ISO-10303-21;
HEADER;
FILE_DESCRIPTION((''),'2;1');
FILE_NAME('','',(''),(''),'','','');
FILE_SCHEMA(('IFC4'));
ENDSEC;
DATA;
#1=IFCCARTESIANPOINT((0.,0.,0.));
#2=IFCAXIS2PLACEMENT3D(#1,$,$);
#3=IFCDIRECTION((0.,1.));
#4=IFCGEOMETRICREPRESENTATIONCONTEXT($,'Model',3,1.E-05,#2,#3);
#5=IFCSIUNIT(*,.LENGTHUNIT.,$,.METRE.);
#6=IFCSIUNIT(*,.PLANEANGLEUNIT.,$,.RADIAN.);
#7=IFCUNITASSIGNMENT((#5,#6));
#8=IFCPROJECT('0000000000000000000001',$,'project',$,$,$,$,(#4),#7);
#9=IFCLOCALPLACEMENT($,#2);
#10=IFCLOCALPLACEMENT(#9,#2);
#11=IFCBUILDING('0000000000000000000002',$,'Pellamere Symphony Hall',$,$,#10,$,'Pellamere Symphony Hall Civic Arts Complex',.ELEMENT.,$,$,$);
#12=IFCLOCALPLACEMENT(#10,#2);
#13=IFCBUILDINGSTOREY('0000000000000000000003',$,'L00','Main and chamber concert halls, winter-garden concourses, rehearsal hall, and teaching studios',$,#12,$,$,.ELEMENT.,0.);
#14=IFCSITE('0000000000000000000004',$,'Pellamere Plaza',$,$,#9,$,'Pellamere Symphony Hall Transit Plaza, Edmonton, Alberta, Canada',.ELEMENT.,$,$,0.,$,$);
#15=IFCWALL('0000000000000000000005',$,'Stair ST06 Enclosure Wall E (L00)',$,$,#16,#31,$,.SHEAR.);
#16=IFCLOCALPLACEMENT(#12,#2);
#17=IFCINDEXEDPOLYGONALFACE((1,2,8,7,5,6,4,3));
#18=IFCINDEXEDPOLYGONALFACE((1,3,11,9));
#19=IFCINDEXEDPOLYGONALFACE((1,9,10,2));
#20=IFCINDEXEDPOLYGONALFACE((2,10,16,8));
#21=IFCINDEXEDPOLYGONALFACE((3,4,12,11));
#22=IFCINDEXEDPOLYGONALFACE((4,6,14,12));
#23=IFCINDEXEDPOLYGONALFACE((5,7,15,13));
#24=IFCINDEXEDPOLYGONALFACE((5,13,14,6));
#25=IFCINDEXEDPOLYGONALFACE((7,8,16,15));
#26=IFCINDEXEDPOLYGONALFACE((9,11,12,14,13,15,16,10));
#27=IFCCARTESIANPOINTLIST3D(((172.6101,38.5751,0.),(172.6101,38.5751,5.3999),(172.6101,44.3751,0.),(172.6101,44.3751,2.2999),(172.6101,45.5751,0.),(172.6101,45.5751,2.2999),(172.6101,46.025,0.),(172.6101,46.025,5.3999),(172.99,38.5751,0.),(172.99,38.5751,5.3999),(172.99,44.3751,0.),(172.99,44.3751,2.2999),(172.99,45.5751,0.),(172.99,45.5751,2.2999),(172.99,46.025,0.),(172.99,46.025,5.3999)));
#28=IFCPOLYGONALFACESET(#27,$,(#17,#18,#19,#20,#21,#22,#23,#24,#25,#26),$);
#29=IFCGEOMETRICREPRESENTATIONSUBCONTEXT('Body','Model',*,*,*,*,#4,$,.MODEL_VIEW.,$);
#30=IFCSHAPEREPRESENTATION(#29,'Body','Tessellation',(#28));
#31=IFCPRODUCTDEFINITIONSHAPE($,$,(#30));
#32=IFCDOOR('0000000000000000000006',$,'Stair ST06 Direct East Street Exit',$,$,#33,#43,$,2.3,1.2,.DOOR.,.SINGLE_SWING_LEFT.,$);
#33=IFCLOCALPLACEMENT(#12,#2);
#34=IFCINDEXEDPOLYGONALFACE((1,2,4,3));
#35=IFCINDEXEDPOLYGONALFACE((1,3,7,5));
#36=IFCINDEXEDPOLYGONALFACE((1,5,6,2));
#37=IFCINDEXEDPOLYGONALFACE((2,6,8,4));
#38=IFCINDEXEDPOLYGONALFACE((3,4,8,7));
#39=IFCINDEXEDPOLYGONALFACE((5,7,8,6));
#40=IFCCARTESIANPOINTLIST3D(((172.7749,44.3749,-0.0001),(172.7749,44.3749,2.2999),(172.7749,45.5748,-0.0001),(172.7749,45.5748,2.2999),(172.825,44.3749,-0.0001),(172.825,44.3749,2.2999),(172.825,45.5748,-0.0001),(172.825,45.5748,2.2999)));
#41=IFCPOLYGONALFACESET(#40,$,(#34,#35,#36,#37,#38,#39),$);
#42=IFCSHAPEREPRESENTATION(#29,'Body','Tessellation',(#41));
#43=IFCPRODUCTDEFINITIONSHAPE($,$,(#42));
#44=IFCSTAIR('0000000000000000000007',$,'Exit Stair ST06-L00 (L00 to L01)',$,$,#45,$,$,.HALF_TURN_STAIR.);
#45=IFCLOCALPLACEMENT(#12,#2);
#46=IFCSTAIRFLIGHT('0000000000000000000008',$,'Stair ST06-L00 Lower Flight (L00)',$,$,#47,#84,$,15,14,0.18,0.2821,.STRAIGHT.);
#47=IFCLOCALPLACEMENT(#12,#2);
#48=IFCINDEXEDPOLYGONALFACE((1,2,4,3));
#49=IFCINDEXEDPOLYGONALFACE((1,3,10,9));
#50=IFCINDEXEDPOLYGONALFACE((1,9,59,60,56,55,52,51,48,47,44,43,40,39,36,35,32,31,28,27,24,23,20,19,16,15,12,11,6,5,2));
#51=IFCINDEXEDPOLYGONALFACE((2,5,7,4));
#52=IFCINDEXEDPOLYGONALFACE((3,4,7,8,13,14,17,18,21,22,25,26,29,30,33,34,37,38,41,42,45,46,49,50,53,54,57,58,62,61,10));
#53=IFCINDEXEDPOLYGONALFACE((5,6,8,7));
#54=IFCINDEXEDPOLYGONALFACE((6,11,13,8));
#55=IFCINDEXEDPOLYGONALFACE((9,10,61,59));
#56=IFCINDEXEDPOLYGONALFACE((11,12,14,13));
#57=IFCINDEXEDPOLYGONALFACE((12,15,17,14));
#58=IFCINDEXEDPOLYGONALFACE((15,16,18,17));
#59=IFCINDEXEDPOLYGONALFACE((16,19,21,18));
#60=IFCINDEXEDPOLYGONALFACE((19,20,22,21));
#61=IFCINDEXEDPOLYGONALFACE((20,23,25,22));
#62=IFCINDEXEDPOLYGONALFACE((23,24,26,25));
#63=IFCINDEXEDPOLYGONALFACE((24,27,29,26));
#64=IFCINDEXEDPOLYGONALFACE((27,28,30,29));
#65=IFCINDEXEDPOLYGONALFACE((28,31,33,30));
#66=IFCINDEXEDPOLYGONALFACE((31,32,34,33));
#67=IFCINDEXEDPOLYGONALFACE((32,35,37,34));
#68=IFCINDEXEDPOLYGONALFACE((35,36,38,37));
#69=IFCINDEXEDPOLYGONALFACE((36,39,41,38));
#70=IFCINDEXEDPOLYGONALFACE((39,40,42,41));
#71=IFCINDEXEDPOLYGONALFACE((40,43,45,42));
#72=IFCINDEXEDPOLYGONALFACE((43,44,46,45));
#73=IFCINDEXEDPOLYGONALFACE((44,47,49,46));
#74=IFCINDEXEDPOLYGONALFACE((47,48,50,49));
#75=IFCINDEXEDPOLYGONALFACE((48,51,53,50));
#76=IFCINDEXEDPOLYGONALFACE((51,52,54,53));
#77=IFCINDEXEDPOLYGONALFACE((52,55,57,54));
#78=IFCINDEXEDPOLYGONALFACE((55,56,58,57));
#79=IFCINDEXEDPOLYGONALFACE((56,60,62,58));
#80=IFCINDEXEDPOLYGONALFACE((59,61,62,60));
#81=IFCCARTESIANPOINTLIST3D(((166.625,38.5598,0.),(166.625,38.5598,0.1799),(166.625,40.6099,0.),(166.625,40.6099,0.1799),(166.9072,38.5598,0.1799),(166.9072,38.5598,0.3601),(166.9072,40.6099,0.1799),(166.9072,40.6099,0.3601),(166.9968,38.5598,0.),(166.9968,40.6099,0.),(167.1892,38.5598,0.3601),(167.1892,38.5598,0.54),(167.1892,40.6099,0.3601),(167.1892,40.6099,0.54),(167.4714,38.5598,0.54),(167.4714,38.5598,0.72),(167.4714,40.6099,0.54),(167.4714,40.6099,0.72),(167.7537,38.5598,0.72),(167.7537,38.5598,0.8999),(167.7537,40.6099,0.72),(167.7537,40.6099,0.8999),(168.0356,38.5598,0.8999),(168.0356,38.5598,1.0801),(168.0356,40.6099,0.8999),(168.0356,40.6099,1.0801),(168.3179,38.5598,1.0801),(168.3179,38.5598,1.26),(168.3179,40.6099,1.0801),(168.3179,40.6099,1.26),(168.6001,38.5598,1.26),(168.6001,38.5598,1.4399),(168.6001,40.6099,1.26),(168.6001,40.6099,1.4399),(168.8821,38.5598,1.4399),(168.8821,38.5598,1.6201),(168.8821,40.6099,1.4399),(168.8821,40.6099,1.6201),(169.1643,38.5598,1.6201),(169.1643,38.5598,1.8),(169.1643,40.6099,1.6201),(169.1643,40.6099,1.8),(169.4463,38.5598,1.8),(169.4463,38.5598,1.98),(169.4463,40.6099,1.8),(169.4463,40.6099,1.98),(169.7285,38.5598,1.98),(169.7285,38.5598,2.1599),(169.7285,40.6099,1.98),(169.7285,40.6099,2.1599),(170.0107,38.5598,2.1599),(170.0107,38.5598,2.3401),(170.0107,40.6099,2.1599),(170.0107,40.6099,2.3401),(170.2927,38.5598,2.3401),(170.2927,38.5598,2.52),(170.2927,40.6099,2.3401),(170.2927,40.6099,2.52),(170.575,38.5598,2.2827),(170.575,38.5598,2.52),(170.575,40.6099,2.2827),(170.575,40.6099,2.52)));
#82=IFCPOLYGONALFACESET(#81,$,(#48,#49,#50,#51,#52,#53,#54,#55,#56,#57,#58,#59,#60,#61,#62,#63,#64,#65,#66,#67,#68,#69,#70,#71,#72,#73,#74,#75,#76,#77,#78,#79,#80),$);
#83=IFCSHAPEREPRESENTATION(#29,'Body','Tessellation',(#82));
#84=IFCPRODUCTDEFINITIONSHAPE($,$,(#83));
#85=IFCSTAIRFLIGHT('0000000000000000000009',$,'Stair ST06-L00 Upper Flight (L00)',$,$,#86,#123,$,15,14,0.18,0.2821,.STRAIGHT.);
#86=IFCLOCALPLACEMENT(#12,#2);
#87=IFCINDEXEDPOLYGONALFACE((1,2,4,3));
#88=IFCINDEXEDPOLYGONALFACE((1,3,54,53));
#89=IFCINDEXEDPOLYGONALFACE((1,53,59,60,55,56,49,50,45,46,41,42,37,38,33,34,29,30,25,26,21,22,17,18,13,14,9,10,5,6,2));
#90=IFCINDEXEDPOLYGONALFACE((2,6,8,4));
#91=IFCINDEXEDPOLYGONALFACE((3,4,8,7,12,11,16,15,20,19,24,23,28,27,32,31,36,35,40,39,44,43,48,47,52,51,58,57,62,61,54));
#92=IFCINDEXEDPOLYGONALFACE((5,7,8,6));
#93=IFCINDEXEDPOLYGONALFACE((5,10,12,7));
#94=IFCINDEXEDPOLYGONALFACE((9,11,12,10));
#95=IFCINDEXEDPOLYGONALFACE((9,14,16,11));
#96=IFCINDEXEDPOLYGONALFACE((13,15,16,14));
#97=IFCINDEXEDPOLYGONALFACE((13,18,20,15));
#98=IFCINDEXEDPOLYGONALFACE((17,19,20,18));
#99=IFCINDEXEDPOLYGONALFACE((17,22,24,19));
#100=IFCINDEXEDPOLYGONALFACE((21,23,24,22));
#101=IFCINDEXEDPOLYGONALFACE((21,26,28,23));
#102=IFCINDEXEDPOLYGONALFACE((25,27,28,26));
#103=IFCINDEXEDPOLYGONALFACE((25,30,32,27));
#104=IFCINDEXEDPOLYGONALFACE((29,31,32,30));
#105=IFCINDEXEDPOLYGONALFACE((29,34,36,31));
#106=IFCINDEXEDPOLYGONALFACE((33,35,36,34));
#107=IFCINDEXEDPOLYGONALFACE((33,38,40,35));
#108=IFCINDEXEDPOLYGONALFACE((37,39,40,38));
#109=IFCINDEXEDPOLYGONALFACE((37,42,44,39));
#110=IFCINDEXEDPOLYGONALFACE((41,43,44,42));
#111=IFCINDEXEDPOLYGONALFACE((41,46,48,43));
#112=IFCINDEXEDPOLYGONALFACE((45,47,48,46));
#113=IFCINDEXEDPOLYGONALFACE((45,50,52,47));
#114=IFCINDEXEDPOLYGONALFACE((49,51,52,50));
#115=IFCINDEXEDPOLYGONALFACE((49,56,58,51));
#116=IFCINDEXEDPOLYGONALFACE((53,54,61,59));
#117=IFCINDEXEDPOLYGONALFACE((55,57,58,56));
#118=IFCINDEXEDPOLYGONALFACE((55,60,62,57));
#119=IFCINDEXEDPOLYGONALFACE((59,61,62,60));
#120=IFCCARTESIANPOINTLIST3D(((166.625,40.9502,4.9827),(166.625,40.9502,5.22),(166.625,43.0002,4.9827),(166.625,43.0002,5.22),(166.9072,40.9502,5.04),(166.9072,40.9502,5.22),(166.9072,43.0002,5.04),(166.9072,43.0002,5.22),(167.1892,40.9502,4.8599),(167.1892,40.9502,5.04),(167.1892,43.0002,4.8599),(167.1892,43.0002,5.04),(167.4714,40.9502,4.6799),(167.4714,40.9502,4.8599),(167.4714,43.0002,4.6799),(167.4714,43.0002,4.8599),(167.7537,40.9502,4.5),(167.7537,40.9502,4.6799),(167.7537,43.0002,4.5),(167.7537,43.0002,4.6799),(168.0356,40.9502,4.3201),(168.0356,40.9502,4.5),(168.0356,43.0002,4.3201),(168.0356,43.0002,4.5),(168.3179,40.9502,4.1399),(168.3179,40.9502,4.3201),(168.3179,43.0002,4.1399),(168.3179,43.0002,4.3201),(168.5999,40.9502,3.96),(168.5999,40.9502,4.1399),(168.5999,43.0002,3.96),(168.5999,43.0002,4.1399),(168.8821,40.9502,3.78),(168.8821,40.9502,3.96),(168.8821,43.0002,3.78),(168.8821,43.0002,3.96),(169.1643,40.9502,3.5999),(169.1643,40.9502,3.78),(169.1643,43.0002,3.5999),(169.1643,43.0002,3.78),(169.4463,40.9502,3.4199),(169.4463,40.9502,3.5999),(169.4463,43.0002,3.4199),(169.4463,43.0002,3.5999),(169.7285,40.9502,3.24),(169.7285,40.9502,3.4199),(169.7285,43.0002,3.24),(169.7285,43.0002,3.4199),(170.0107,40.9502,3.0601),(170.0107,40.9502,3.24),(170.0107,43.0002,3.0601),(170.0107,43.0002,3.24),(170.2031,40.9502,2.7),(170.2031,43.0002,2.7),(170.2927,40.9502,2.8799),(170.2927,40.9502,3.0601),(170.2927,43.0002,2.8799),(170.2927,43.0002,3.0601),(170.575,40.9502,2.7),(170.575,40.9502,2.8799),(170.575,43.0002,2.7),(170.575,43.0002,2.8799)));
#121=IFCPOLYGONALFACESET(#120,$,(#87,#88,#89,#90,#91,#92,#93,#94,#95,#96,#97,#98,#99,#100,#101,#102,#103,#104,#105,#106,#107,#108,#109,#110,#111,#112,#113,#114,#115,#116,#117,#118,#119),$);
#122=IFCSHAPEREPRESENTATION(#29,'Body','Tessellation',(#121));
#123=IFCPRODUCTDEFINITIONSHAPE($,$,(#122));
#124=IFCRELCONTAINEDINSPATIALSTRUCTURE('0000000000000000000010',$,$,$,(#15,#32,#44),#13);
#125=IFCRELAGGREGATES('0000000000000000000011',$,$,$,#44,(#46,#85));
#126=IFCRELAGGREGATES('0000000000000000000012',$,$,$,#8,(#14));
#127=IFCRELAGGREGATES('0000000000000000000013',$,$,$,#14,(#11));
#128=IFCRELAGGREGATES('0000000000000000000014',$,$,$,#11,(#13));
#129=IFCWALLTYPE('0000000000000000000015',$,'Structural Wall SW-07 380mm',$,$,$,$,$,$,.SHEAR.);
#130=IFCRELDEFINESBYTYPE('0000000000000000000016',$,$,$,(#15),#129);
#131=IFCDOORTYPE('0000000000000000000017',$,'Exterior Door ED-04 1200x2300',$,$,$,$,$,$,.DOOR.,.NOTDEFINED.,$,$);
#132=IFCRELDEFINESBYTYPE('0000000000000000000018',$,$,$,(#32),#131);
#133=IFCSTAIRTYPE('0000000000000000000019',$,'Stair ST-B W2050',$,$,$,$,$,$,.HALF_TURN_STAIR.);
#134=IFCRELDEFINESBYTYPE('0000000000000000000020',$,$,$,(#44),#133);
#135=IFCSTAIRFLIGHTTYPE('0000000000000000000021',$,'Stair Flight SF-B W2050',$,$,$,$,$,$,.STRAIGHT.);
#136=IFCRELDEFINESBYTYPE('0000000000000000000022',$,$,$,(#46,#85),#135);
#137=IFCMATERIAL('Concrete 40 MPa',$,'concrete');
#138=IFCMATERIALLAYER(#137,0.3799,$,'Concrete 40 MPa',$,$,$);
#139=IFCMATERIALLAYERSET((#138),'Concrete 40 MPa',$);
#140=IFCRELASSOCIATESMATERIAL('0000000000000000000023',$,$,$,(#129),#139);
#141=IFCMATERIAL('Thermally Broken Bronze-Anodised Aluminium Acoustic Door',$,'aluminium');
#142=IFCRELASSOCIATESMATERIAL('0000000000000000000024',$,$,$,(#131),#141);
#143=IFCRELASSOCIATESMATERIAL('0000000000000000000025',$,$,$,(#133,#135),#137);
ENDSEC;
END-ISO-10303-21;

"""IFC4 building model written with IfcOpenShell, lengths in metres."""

from ifc_helpers import new_model, si_unit, direction, frame, frame_2d, origin, place, context, subcontext, project, spatial, polyline, rectangle, outline, extrude, material, layer, layer_set, type_object, element, fill, aggregate, save


model = new_model("IFC4")

# Units and contexts
model_context = context("Model", 3, precision=1e-05, world=origin(), true_north=direction((0.0, 1.0)))
body_context = subcontext(model_context, "Body", "Model", "MODEL_VIEW")
ifc_project = project(units=[si_unit("LENGTHUNIT", "METRE"), si_unit("PLANEANGLEUNIT", "RADIAN")], contexts=[model_context])

# Site, building, storey
site_placement = place(None, origin())
site = spatial("IfcSite", under=ifc_project, at=site_placement, Name="Pellamere Plaza", LongName="Pellamere Symphony Hall Transit Plaza, Edmonton, Alberta, Canada", CompositionType="ELEMENT", RefElevation=0.0)
building_placement = place(site_placement, origin())
building = spatial("IfcBuilding", under=site, at=building_placement, Name="Pellamere Symphony Hall", LongName="Pellamere Symphony Hall Civic Arts Complex", CompositionType="ELEMENT")
storey_placement = place(building_placement, origin())
storey = spatial("IfcBuildingStorey", under=building, at=storey_placement, Name="L00", Description="Main and chamber concert halls, winter-garden concourses, rehearsal hall, and teaching studios", CompositionType="ELEMENT", Elevation=0.0)

# Shared definitions
ifc_material_1 = material(Name="Concrete 40 MPa", Category="concrete")

# Wall, opening, door
ifc_layer_1 = layer(ifc_material_1, 0.3799, Name="Concrete 40 MPa")
ifc_layer_set_1 = layer_set([ifc_layer_1], Name="Concrete 40 MPa")
wall_type_1 = type_object("IfcWallType", Name="Structural Wall SW-07 380mm", PredefinedType="SHEAR", material=ifc_layer_set_1)
wall_1_placement = place(storey_placement, frame((172.8, 38.575, 0.0), z_axis=(0.0, 0.0, 1.0), x_axis=(0.0, 1.0, 0.0)))
wall_1 = element("IfcWall", 1, at=wall_1_placement, inside=storey, type_object=wall_type_1, Name="Stair ST06 Enclosure Wall E (L00)", PredefinedType="SHEAR", context=body_context, shape_type="SweptSolid", body=[
    extrude(rectangle(XDim=7.45, YDim=0.3799, at=frame_2d((3.7251, 0.0))), origin(), (0.0, 0.0, 1.0), 5.3999),
])
opening_placement = place(wall_1_placement, frame((5.8, 0.0, 0.0)))
opening = element("IfcOpeningElement", 2, at=opening_placement, cuts=wall_1, PredefinedType="OPENING", context=body_context, shape_type="SweptSolid", body=[
    extrude(rectangle(XDim=1.2, YDim=2.3, at=frame_2d((0.6001, 1.1499))), frame((0.0, 0.2, 0.0), z_axis=(0.0, -1.0, 0.0), x_axis=(1.0, 0.0, 0.0)), (0.0, 0.0, 1.0), 0.3999),
])
ifc_material_2 = material(Name="Thermally Broken Bronze-Anodised Aluminium Acoustic Door", Category="aluminium")
door_type = type_object("IfcDoorType", Name="Exterior Door ED-04 1200x2300", OperationType="NOTDEFINED", PredefinedType="DOOR", material=ifc_material_2)
door_placement = place(opening_placement, frame((1.2, 0.0, 0.0), z_axis=(0.0, 0.0, 1.0), x_axis=(-1.0, 0.0, 0.0)))
door = element("IfcDoor", 3, at=door_placement, inside=storey, type_object=door_type, Name="Stair ST06 Direct East Street Exit", OperationType="SINGLE_SWING_LEFT", OverallHeight=2.3, OverallWidth=1.2, PredefinedType="DOOR", context=body_context, shape_type="SweptSolid", body=[
    extrude(rectangle(XDim=1.2, YDim=2.3, at=frame_2d((0.6001, 1.1499))), frame((0.0, 0.0249, 0.0), z_axis=(0.0, -1.0, 0.0), x_axis=(1.0, 0.0, 0.0)), (0.0, 0.0, 1.0), 0.05),
])
fill(opening, door)

# Stair, stair flights
stair_type = type_object("IfcStairType", Name="Stair ST-B W2050", PredefinedType="HALF_TURN_STAIR", material=ifc_material_1)
stair_placement = place(storey_placement, origin())
stair = element("IfcStair", 4, at=stair_placement, inside=storey, type_object=stair_type, Name="Exit Stair ST06-L00 (L00 to L01)", PredefinedType="HALF_TURN_STAIR")
stair_flight_type = type_object("IfcStairFlightType", Name="Stair Flight SF-B W2050", PredefinedType="STRAIGHT", material=ifc_material_1)
stair_flight_1_placement = place(storey_placement, frame((166.625, 39.585, 0.0), z_axis=(0.0, 0.0, 1.0), x_axis=(1.0, 0.0, 0.0)))
stair_flight_1 = element("IfcStairFlight", 5, at=stair_flight_1_placement, type_object=stair_flight_type, Name="Stair ST06-L00 Lower Flight (L00)", NumberOfRisers=15, NumberOfTreads=14, PredefinedType="STRAIGHT", RiserHeight=0.18, TreadLength=0.2821, context=body_context, shape_type="SweptSolid", body=[
    extrude(outline(polyline([(0.0, 0.0), (0.0, 0.1799), (0.2822, 0.1799), (0.2822, 0.3601), (0.5642, 0.3601), (0.5642, 0.54), (0.8464, 0.54), (0.8464, 0.72), (1.1287, 0.72), (1.1287, 0.8999), (1.4106, 0.8999), (1.4106, 1.0801), (1.6929, 1.0801), (1.6929, 1.26), (1.9751, 1.26), (1.9751, 1.4399), (2.2571, 1.4399), (2.2571, 1.6201), (2.5393, 1.6201), (2.5393, 1.8), (2.8213, 1.8), (2.8213, 1.98), (3.1035, 1.98), (3.1035, 2.1599), (3.3857, 2.1599), (3.3857, 2.3401), (3.6677, 2.3401), (3.6677, 2.52), (3.95, 2.52), (3.95, 2.7), (3.95, 2.2827), (0.3718, 0.0), (0.0, 0.0)])), frame((0.0, 1.0249, 0.0), z_axis=(0.0, -1.0, 0.0), x_axis=(1.0, 0.0, 0.0)), (0.0, 0.0, 1.0), 2.05),
])
stair_flight_2_placement = place(storey_placement, frame((170.575, 41.9751, 2.7), z_axis=(0.0, 0.0, 1.0), x_axis=(-1.0, 0.0, 0.0)))
stair_flight_2 = element("IfcStairFlight", 6, at=stair_flight_2_placement, type_object=stair_flight_type, Name="Stair ST06-L00 Upper Flight (L00)", NumberOfRisers=15, NumberOfTreads=14, PredefinedType="STRAIGHT", RiserHeight=0.18, TreadLength=0.2821, context=body_context, shape_type="SweptSolid", body=[
    extrude(outline(polyline([(0.0, 0.0), (0.0, 0.1799), (0.2822, 0.1799), (0.2822, 0.3601), (0.5642, 0.3601), (0.5642, 0.54), (0.8464, 0.54), (0.8464, 0.72), (1.1287, 0.72), (1.1287, 0.8999), (1.4106, 0.8999), (1.4106, 1.0801), (1.6929, 1.0801), (1.6929, 1.26), (1.9751, 1.26), (1.9751, 1.4399), (2.2571, 1.4399), (2.2571, 1.6201), (2.5393, 1.6201), (2.5393, 1.8), (2.8213, 1.8), (2.8213, 1.98), (3.1035, 1.98), (3.1035, 2.1599), (3.3857, 2.1599), (3.3857, 2.3401), (3.6677, 2.3401), (3.6677, 2.52), (3.95, 2.52), (3.95, 2.7), (3.95, 2.2827), (0.3718, 0.0), (0.0, 0.0)])), frame((0.0, 1.0249, 0.0), z_axis=(0.0, -1.0, 0.0), x_axis=(1.0, 0.0, 0.0)), (0.0, 0.0, 1.0), 2.05),
])
aggregate(stair, [stair_flight_1, stair_flight_2])

save(model, "model.ifc")
